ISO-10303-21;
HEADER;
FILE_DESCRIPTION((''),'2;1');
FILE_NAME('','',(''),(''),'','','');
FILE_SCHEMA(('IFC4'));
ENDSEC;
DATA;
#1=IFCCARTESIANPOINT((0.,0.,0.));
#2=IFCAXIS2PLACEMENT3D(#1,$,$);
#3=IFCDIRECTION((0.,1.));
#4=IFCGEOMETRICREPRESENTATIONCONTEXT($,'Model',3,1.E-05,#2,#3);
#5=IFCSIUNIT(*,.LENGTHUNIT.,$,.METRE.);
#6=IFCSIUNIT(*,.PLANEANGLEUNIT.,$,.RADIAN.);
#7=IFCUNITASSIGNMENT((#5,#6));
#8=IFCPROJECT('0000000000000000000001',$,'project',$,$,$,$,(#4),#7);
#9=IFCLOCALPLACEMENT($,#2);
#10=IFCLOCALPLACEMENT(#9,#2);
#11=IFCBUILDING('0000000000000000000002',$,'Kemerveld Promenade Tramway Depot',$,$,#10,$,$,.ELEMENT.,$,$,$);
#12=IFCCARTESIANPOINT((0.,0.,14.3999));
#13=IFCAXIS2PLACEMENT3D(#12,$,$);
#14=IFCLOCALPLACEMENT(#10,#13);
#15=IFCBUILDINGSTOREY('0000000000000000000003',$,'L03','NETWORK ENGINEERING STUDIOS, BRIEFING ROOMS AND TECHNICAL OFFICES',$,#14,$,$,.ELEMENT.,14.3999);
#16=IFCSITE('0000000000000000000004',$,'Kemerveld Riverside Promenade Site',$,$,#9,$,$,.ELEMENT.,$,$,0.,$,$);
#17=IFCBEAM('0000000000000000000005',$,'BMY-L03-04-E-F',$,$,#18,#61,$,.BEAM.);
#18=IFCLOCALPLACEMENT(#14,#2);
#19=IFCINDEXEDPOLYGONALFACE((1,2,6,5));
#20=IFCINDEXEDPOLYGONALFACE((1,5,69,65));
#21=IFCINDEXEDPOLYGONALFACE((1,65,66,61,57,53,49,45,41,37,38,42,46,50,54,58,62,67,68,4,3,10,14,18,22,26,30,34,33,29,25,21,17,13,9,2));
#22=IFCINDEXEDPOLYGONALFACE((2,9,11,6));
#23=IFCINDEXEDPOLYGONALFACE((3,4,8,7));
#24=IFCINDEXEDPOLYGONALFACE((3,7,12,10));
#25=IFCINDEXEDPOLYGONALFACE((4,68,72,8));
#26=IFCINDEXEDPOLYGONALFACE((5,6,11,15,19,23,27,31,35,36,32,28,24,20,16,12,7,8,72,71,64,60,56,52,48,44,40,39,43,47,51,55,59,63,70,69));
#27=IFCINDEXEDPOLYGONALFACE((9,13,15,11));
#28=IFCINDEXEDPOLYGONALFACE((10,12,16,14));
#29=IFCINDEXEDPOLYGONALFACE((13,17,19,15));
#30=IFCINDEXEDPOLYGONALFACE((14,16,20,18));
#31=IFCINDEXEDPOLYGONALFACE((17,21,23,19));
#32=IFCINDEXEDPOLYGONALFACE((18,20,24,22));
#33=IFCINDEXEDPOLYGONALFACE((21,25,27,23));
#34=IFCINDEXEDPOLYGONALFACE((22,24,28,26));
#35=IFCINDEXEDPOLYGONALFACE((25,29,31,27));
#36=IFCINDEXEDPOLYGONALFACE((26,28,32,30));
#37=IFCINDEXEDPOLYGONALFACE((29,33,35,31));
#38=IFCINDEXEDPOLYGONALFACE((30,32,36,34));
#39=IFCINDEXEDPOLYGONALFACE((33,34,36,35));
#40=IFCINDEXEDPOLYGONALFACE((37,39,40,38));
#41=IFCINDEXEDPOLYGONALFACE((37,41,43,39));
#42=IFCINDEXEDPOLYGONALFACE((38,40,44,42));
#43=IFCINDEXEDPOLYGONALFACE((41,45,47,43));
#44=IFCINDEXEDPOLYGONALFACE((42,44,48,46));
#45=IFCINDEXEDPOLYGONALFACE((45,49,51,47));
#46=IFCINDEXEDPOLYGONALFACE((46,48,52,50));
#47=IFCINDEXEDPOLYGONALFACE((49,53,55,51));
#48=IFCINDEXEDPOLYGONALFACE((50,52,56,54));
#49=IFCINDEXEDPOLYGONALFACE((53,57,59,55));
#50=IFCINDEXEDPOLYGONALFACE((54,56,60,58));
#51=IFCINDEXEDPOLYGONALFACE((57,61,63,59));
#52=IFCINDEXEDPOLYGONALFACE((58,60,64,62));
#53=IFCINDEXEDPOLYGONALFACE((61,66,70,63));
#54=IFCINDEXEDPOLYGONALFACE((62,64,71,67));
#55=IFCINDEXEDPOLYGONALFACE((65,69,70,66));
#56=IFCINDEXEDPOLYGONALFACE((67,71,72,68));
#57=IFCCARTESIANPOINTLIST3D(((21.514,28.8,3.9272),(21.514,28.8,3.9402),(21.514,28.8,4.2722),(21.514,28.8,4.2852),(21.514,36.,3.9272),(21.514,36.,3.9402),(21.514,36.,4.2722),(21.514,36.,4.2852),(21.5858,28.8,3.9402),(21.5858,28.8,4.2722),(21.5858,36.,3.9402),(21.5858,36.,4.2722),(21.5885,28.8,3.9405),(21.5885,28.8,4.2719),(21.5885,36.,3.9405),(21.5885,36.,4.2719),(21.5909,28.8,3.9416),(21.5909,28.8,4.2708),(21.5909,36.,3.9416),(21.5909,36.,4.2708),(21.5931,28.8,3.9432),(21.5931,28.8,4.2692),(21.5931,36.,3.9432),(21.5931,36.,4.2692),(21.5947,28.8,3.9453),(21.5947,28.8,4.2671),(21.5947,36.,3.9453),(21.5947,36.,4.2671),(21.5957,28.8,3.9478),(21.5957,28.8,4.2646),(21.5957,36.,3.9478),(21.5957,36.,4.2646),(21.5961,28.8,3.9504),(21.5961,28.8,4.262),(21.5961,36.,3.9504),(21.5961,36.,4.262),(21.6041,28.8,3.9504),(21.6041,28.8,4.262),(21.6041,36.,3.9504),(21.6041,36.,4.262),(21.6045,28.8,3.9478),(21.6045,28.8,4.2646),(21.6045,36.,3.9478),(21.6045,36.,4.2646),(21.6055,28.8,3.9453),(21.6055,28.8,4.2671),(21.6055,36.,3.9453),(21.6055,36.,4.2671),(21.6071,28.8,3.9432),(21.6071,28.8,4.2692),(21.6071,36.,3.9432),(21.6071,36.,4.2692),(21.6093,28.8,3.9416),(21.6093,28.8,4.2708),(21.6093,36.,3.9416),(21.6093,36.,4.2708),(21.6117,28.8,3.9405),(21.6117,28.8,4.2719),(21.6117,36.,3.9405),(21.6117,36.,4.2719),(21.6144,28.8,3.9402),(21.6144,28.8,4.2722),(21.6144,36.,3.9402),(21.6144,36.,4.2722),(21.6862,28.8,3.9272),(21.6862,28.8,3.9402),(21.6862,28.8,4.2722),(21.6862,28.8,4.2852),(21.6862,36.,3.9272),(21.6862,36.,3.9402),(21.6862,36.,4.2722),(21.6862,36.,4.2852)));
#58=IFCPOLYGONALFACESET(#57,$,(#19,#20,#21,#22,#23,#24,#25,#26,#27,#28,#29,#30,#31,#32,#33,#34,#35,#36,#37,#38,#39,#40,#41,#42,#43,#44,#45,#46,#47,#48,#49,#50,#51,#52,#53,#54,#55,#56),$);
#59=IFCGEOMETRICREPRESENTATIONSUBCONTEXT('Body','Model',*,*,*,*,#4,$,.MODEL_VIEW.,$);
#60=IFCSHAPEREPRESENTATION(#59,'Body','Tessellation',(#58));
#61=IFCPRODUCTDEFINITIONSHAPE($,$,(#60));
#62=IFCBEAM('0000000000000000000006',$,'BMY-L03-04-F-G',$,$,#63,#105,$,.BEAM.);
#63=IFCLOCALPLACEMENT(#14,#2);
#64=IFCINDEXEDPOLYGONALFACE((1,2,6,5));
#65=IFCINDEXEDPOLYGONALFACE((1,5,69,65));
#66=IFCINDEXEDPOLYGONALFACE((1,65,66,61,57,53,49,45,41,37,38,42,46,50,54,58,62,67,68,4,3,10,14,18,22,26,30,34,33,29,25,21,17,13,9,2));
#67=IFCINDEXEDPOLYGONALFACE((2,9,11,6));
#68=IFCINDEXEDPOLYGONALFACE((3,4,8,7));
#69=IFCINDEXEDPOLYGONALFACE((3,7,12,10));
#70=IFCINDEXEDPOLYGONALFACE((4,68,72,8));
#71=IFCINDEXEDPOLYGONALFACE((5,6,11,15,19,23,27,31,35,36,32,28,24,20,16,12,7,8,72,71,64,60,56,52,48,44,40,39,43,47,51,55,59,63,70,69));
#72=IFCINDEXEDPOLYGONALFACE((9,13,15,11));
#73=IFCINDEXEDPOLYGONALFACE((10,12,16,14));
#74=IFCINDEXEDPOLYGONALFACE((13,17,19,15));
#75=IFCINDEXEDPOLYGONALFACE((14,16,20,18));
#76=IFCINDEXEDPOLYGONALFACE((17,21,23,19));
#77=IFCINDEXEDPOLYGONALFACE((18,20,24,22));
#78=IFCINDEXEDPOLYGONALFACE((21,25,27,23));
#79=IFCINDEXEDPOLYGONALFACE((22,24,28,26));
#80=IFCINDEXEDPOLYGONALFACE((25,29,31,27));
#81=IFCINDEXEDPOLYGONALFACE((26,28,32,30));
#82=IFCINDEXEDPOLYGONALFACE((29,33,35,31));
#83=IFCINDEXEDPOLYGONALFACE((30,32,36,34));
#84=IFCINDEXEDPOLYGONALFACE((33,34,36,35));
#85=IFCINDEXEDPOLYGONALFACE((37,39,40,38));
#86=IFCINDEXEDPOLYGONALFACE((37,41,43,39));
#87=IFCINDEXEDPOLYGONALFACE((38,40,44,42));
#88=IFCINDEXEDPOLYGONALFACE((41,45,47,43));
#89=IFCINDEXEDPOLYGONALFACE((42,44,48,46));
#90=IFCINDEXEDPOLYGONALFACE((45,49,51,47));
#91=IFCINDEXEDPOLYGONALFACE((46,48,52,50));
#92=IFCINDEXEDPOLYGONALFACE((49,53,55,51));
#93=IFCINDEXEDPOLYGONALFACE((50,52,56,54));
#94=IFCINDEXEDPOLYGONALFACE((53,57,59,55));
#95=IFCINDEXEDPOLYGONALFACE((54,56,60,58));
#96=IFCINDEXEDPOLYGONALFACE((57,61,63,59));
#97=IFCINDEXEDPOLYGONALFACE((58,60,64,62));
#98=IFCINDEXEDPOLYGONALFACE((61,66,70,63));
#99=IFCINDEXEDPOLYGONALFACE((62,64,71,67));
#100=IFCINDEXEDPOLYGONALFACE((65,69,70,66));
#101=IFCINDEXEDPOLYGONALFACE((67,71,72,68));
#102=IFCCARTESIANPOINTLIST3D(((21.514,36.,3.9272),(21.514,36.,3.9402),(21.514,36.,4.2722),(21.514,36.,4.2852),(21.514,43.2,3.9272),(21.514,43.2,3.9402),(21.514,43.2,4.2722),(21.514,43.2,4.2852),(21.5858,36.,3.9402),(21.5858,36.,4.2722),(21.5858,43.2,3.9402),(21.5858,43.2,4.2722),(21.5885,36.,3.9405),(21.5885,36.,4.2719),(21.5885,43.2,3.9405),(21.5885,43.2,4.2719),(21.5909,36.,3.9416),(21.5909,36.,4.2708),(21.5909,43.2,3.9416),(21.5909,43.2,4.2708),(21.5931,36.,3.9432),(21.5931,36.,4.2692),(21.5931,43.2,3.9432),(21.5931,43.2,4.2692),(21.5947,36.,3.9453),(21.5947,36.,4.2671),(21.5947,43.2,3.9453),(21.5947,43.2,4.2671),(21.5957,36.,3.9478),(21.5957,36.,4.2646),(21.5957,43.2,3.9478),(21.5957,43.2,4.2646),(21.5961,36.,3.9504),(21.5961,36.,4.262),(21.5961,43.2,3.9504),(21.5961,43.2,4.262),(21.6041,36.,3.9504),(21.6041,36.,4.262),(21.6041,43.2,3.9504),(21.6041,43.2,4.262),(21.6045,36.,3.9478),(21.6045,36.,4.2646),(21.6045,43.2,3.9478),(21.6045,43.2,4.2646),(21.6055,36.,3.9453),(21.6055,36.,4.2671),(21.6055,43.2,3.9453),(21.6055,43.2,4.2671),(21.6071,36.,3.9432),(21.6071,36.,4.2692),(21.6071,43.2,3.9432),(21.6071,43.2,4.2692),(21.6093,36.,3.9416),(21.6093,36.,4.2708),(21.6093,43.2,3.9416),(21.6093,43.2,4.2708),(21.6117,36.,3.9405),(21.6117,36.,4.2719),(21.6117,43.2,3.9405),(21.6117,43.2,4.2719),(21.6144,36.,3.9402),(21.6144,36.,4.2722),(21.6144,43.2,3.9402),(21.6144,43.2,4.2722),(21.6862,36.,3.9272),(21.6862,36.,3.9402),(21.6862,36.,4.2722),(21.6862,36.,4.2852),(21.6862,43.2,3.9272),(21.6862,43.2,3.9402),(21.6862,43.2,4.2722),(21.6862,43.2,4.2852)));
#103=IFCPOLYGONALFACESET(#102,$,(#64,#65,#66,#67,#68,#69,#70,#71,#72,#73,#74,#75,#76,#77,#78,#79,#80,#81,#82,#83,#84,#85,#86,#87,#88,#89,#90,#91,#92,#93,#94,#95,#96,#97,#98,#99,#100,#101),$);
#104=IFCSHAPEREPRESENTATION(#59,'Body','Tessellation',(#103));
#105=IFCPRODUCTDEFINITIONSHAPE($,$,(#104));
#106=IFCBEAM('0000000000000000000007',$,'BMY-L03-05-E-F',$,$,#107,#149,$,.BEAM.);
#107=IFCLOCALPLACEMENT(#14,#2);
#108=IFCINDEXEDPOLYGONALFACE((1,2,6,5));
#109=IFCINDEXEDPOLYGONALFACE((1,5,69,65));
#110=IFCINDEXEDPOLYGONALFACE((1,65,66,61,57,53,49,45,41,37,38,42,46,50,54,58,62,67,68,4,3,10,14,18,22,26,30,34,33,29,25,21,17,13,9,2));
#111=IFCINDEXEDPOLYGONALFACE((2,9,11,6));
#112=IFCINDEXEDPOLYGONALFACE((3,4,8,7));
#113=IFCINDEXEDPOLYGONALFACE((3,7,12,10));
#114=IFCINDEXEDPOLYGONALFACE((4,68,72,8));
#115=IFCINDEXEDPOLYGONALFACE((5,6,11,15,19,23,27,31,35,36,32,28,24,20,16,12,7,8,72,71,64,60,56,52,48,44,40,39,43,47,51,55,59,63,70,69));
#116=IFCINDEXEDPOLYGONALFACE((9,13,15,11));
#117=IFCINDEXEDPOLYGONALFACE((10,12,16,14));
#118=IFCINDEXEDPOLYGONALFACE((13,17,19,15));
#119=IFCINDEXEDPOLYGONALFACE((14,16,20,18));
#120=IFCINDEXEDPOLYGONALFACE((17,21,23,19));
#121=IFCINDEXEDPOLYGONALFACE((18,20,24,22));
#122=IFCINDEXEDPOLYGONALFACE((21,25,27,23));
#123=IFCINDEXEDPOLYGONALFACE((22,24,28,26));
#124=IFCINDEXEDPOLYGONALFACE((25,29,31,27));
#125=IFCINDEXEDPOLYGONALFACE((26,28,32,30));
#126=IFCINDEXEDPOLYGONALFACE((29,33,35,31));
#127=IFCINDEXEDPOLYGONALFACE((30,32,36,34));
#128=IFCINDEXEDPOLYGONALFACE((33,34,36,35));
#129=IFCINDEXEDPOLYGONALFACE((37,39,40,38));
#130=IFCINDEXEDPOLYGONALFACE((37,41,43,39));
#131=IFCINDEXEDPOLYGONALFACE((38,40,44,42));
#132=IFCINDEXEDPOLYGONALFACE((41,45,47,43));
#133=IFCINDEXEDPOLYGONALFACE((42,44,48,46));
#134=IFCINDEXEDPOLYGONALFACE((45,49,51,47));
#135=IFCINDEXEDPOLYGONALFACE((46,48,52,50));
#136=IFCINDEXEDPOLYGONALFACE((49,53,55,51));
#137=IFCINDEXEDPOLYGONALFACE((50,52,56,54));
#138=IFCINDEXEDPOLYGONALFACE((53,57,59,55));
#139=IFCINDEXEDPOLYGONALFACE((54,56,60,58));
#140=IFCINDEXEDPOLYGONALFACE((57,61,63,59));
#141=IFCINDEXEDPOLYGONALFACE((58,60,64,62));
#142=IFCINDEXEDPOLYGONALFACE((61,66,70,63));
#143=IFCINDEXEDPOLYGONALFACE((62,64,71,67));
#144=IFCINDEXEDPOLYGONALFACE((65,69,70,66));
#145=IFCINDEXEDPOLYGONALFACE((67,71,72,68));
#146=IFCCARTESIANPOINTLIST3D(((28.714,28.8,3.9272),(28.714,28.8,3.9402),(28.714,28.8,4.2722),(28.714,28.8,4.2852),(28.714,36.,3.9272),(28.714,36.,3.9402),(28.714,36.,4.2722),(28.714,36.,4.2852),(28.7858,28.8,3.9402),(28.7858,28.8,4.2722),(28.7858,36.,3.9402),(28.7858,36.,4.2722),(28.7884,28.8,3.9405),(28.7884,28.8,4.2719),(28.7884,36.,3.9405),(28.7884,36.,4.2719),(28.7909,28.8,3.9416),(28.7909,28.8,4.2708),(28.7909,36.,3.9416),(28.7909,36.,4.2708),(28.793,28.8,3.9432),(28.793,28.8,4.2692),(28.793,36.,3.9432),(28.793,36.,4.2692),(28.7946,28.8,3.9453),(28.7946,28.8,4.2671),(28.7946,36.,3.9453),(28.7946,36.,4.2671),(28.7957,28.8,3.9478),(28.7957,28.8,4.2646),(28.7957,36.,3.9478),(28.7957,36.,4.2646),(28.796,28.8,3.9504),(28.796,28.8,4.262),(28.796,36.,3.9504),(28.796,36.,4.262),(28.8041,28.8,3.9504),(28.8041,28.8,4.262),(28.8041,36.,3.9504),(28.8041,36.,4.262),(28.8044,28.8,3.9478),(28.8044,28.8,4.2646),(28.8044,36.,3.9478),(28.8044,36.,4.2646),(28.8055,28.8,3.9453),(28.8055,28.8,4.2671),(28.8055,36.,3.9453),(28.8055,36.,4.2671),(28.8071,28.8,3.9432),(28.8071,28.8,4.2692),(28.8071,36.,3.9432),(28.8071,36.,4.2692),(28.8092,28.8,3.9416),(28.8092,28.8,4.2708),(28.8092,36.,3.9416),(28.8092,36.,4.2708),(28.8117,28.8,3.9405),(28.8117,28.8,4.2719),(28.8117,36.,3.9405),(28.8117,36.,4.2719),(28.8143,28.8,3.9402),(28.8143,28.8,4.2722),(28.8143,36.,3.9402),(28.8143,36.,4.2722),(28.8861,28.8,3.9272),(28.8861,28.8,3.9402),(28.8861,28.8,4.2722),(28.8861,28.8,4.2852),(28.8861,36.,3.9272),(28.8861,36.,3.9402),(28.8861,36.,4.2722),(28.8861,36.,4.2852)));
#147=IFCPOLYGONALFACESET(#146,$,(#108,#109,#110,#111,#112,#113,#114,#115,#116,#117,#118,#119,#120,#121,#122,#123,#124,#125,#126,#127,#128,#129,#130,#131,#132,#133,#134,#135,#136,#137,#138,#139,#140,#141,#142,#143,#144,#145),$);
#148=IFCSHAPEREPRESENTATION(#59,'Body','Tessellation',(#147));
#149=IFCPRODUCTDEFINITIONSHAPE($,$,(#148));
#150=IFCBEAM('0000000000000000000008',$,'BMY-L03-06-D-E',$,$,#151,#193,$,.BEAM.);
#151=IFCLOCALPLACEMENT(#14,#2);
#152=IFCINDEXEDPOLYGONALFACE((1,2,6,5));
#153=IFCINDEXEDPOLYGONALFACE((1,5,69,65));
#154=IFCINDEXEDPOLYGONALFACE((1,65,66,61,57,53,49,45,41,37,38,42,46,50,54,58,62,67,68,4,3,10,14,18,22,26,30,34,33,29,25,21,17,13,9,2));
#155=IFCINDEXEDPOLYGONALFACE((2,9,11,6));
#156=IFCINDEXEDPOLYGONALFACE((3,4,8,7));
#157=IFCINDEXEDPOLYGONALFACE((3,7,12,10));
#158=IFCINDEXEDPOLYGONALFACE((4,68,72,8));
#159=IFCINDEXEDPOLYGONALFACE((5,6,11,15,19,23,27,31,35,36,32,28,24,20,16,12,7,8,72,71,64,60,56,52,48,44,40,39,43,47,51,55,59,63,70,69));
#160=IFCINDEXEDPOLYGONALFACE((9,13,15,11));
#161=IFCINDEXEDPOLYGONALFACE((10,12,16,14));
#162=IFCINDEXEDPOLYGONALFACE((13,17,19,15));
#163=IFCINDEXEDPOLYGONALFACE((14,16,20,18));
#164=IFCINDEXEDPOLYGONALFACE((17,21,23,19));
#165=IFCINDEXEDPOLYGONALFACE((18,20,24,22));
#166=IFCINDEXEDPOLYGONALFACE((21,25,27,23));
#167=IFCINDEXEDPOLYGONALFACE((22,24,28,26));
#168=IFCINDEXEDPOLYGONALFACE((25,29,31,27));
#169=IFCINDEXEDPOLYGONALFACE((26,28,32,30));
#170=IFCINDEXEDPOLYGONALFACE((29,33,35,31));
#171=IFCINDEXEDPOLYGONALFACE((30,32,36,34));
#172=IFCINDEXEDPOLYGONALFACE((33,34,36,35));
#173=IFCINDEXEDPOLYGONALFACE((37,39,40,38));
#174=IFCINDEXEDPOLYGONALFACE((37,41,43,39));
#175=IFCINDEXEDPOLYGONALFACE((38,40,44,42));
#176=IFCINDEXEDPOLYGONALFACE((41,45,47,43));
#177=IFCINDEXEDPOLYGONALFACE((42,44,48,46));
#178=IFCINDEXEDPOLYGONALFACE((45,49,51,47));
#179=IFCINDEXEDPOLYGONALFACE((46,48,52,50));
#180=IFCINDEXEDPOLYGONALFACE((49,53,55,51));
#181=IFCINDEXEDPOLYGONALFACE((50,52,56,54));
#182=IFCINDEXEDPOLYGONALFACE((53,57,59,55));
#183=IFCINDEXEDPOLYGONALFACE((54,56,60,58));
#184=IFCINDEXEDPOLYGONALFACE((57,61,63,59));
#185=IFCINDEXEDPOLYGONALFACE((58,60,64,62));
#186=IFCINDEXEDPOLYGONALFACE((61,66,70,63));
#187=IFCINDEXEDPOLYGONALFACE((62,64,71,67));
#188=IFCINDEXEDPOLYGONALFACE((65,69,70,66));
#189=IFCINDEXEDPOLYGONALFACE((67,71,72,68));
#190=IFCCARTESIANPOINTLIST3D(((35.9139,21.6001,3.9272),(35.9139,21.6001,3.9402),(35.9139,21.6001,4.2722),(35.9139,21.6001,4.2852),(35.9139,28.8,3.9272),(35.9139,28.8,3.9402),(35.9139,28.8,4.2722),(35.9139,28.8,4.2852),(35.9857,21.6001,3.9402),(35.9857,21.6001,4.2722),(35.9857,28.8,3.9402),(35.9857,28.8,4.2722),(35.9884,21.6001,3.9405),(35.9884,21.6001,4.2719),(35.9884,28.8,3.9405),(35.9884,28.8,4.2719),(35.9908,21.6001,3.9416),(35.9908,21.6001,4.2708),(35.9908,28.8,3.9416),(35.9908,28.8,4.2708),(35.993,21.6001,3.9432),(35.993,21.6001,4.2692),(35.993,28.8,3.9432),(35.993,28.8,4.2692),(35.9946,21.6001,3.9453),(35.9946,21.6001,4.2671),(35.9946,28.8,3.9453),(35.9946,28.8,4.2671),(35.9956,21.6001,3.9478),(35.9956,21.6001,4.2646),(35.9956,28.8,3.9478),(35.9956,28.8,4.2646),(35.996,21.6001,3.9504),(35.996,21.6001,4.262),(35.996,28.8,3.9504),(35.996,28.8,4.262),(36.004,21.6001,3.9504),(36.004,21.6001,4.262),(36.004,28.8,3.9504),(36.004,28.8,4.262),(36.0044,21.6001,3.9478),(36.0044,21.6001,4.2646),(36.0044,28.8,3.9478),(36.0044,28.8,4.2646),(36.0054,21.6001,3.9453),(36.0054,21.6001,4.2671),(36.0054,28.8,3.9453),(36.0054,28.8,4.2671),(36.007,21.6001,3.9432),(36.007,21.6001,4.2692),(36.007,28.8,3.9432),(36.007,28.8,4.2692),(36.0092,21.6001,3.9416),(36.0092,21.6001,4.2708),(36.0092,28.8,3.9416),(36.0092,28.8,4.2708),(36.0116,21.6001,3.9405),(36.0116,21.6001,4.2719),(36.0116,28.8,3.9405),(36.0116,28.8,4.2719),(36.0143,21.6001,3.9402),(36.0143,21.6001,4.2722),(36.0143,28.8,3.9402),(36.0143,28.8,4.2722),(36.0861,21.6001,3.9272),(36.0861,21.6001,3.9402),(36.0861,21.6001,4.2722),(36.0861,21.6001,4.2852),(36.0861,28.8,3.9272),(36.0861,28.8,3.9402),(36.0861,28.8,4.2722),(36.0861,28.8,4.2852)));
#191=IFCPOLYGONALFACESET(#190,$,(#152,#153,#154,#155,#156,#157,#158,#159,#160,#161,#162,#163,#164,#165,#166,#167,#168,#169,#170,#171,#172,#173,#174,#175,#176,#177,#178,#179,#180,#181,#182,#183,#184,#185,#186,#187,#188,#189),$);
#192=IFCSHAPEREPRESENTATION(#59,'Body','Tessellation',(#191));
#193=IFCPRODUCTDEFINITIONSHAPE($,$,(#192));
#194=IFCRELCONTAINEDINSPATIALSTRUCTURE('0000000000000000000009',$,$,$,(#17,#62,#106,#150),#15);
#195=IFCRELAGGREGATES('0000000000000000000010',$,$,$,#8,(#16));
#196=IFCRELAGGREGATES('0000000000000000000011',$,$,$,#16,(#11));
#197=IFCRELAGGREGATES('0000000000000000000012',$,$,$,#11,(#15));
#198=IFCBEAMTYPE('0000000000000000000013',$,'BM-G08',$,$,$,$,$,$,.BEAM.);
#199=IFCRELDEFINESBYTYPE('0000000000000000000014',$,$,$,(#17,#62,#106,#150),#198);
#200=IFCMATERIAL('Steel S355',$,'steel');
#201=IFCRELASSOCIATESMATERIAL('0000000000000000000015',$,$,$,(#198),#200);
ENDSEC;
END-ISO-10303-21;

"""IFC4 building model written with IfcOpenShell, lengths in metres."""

from ifc_helpers import new_model, si_unit, direction, frame, origin, origin_2d, place, context, subcontext, project, spatial, i_section, extrude, material, material_profile, profile_set, type_object, element, save


model = new_model("IFC4")

# Units and contexts
model_context = context("Model", 3, precision=1e-05, world=origin(), true_north=direction((0.0, 1.0)))
body_context = subcontext(model_context, "Body", "Model", "MODEL_VIEW")
ifc_project = project(units=[si_unit("LENGTHUNIT", "METRE"), si_unit("PLANEANGLEUNIT", "RADIAN")], contexts=[model_context])

# Site, building, storey
site_placement = place(None, origin())
site = spatial("IfcSite", under=ifc_project, at=site_placement, Name="Kemerveld Riverside Promenade Site", CompositionType="ELEMENT", RefElevation=0.0)
building_placement = place(site_placement, origin())
building = spatial("IfcBuilding", under=site, at=building_placement, Name="Kemerveld Promenade Tramway Depot", CompositionType="ELEMENT")
storey_placement = place(building_placement, frame((0.0, 0.0, 14.3999)))
storey = spatial("IfcBuildingStorey", under=building, at=storey_placement, Name="L03", Description="NETWORK ENGINEERING STUDIOS, BRIEFING ROOMS AND TECHNICAL OFFICES", CompositionType="ELEMENT", Elevation=14.3999)

# Shared definitions
ifc_material = material(Name="Steel S355", Category="steel")

# Beams
ifc_material_profile_1 = material_profile(ifc_material, i_section(OverallWidth=0.1721, OverallDepth=0.3579, WebThickness=0.0081, FlangeThickness=0.0129, FilletRadius=0.0103, at=origin_2d()), Name="356x171x57 UB")
ifc_profile_set_1 = profile_set([ifc_material_profile_1], Name="Steel S355")
beam_type_1 = type_object("IfcBeamType", Name="BM-G08", PredefinedType="BEAM", material=ifc_profile_set_1)
for number, where, z_axis, x_axis, name in (
    (1, (21.6001, 28.8, 4.1062), (0.0, 1.0, 0.0), (-1.0, 0.0, 0.0), "BMY-L03-04-E-F"),
    (2, (21.6001, 36.0, 4.1062), (0.0, 1.0, 0.0), (-1.0, 0.0, 0.0), "BMY-L03-04-F-G"),
    (3, (28.8, 28.8, 4.1062), (0.0, 1.0, 0.0), (-1.0, 0.0, 0.0), "BMY-L03-05-E-F"),
    (4, (36.0, 21.6001, 4.1062), (0.0, 1.0, 0.0), (-1.0, 0.0, 0.0), "BMY-L03-06-D-E"),
):
    element("IfcBeam", number, at=place(storey_placement, frame(where, z_axis=z_axis, x_axis=x_axis)), inside=storey, type_object=beam_type_1, Name=name, PredefinedType="BEAM", context=body_context, shape_type="SweptSolid", body=[
        extrude(i_section(OverallWidth=0.1721, OverallDepth=0.3579, WebThickness=0.0081, FlangeThickness=0.0129, FilletRadius=0.0103, at=origin_2d()), origin(), (0.0, 0.0, 1.0), 7.2),
    ])

save(model, "model.ifc")
